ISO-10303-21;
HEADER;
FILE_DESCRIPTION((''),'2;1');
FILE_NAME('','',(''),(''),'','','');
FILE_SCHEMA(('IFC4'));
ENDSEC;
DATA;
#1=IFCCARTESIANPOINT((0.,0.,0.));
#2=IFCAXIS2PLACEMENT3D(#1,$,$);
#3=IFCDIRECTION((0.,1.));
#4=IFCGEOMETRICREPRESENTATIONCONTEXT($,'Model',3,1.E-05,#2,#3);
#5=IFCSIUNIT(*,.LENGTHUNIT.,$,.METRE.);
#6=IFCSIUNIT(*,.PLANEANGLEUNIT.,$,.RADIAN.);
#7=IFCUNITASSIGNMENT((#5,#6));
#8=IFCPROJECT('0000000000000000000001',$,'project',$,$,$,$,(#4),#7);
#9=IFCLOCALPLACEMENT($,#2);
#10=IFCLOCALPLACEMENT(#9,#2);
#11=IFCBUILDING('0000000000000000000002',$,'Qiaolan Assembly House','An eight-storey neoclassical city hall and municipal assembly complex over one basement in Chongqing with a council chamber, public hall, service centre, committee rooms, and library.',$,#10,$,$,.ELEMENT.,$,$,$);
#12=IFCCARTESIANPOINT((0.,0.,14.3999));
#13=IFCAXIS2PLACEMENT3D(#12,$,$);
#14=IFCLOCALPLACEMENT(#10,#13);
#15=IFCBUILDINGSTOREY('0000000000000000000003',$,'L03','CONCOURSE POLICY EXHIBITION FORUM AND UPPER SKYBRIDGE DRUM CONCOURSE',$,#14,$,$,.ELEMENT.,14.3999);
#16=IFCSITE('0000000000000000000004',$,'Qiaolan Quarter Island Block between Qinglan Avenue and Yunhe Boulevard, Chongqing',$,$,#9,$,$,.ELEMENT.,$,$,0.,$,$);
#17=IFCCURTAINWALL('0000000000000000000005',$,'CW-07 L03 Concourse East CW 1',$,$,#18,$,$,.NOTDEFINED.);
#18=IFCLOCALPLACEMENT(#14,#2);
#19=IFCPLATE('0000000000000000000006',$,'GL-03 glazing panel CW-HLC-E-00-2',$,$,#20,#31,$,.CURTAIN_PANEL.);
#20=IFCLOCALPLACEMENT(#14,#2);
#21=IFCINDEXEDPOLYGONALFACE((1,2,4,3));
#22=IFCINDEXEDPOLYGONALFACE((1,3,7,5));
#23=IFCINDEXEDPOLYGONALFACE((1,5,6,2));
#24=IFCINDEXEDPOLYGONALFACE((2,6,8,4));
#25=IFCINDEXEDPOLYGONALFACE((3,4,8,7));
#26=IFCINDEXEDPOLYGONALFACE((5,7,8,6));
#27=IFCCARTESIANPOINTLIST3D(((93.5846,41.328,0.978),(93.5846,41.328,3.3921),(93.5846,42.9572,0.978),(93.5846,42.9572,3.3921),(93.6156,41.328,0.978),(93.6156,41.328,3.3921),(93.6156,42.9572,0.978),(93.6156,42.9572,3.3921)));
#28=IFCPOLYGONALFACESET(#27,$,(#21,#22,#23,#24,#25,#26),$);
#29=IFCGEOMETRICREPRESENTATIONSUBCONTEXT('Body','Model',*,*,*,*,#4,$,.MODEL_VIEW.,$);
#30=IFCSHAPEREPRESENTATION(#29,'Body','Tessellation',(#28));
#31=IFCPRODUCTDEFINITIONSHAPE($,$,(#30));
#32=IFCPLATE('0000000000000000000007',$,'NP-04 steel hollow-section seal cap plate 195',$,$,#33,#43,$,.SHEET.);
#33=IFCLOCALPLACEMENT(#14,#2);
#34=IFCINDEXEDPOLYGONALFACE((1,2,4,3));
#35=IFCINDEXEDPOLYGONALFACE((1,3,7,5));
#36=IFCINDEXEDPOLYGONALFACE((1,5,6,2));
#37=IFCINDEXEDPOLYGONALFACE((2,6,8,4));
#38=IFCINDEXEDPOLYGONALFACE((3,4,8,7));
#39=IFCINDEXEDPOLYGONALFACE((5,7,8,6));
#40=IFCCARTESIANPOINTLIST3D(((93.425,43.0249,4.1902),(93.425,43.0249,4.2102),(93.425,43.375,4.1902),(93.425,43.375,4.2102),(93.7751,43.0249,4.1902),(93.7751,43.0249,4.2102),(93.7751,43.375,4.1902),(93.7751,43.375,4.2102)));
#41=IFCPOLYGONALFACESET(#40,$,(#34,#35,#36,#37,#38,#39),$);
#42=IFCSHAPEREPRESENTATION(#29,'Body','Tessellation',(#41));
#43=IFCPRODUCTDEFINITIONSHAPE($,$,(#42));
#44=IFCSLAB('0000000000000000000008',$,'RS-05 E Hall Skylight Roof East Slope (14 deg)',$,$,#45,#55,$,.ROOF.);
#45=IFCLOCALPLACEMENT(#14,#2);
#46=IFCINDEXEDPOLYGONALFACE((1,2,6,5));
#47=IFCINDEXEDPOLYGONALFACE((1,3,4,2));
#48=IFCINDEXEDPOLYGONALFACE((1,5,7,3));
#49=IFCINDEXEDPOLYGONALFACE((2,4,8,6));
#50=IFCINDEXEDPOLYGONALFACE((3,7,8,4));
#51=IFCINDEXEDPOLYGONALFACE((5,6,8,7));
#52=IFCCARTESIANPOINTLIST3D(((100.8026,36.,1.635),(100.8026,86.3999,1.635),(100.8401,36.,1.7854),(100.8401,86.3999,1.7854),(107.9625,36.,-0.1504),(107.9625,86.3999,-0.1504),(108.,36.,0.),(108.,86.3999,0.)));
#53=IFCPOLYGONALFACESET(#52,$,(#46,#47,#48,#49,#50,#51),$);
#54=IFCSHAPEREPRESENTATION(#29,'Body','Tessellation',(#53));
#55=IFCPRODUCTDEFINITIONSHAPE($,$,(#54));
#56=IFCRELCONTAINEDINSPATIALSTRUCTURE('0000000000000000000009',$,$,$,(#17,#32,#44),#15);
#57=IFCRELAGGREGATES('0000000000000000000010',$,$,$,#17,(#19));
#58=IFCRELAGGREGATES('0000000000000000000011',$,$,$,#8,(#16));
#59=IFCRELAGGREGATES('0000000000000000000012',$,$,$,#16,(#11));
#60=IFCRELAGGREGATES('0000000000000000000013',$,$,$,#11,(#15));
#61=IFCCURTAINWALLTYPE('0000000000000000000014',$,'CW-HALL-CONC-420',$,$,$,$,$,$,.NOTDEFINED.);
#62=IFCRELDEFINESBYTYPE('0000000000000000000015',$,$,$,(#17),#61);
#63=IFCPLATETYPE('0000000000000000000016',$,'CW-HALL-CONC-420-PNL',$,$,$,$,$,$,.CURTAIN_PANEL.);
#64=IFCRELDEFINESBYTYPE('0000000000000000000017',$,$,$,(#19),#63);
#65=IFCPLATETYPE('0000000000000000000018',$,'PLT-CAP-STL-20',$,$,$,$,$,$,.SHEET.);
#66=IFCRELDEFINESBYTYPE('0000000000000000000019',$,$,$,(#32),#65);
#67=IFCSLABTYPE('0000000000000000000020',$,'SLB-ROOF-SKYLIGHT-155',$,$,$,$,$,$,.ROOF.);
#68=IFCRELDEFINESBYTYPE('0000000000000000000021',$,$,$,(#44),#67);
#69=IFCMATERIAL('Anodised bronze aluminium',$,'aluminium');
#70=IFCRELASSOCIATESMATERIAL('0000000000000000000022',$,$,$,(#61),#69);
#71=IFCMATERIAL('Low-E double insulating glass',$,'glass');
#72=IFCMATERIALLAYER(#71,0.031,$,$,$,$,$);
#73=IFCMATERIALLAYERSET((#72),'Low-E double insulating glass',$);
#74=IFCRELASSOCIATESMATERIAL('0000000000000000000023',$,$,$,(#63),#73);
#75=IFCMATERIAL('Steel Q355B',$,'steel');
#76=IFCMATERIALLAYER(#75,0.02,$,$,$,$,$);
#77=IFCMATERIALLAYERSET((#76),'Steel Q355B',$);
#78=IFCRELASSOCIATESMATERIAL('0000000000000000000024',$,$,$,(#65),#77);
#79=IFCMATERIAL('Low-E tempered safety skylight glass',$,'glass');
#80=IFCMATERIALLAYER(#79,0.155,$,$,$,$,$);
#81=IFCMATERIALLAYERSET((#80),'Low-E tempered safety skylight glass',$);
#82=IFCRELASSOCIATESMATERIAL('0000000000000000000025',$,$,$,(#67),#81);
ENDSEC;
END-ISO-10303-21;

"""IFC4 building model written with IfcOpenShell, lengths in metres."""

from ifc_helpers import new_model, si_unit, direction, frame, frame_2d, origin, origin_2d, place, context, subcontext, project, spatial, polyline, rectangle, outline, extrude, material, layer, layer_set, type_object, element, aggregate, save


model = new_model("IFC4")

# Units and contexts
model_context = context("Model", 3, precision=1e-05, world=origin(), true_north=direction((0.0, 1.0)))
body_context = subcontext(model_context, "Body", "Model", "MODEL_VIEW")
ifc_project = project(units=[si_unit("LENGTHUNIT", "METRE"), si_unit("PLANEANGLEUNIT", "RADIAN")], contexts=[model_context])

# Site, building, storey
site_placement = place(None, origin())
site = spatial("IfcSite", under=ifc_project, at=site_placement, Name="Qiaolan Quarter Island Block between Qinglan Avenue and Yunhe Boulevard, Chongqing", CompositionType="ELEMENT", RefElevation=0.0)
building_placement = place(site_placement, origin())
building = spatial("IfcBuilding", under=site, at=building_placement, Name="Qiaolan Assembly House", Description="An eight-storey neoclassical city hall and municipal assembly complex over one basement in Chongqing with a council chamber, public hall, service centre, committee rooms, and library.", CompositionType="ELEMENT")
storey_placement = place(building_placement, frame((0.0, 0.0, 14.3999)))
storey = spatial("IfcBuildingStorey", under=building, at=storey_placement, Name="L03", Description="CONCOURSE POLICY EXHIBITION FORUM AND UPPER SKYBRIDGE DRUM CONCOURSE", CompositionType="ELEMENT", Elevation=14.3999)

# Shared definitions
ifc_material_1 = material(Name="Steel Q355B", Category="steel")

# Curtain wall
ifc_material_2 = material(Name="Anodised bronze aluminium", Category="aluminium")
curtain_wall_type = type_object("IfcCurtainWallType", Name="CW-HALL-CONC-420", PredefinedType="NOTDEFINED", material=ifc_material_2)
curtain_wall_placement = place(storey_placement, origin())
curtain_wall = element("IfcCurtainWall", 1, at=curtain_wall_placement, inside=storey, type_object=curtain_wall_type, Name="CW-07 L03 Concourse East CW 1", PredefinedType="NOTDEFINED")

# Plates
ifc_material_3 = material(Name="Low-E double insulating glass", Category="glass")
ifc_layer_1 = layer(ifc_material_3, 0.031)
ifc_layer_set_1 = layer_set([ifc_layer_1], Name="Low-E double insulating glass")
plate_type_1 = type_object("IfcPlateType", Name="CW-HALL-CONC-420-PNL", PredefinedType="CURTAIN_PANEL", material=ifc_layer_set_1)
plate_1_placement = place(storey_placement, frame((93.6001, 42.957, 0.978), z_axis=(0.0, 0.0, 1.0), x_axis=(0.0, -1.0, 0.0)))
plate_1 = element("IfcPlate", 2, at=plate_1_placement, type_object=plate_type_1, Name="GL-03 glazing panel CW-HLC-E-00-2", PredefinedType="CURTAIN_PANEL", context=body_context, shape_type="SweptSolid", body=[
    extrude(rectangle(XDim=1.6292, YDim=0.031, at=frame_2d((0.8145, 0.0))), origin(), (0.0, 0.0, 1.0), 2.4141),
])
aggregate(curtain_wall, [plate_1])
ifc_layer_2 = layer(ifc_material_1, 0.02)
ifc_layer_set_2 = layer_set([ifc_layer_2], Name="Steel Q355B")
plate_type_2 = type_object("IfcPlateType", Name="PLT-CAP-STL-20", PredefinedType="SHEET", material=ifc_layer_set_2)
plate_2_placement = place(storey_placement, frame((93.6001, 43.2, 4.1902), z_axis=(0.0, 0.0, 1.0), x_axis=(1.0, 0.0, 0.0)))
element("IfcPlate", 3, at=plate_2_placement, inside=storey, type_object=plate_type_2, Name="NP-04 steel hollow-section seal cap plate 195", PredefinedType="SHEET", context=body_context, shape_type="SweptSolid", body=[
    extrude(rectangle(XDim=0.3501, YDim=0.3501, at=origin_2d()), origin(), (0.0, 0.0, 1.0), 0.02),
])

# Slab
ifc_material_4 = material(Name="Low-E tempered safety skylight glass", Category="glass")
ifc_layer_3 = layer(ifc_material_4, 0.155)
ifc_layer_set_3 = layer_set([ifc_layer_3], Name="Low-E tempered safety skylight glass")
slab_type = type_object("IfcSlabType", Name="SLB-ROOF-SKYLIGHT-155", PredefinedType="ROOF", material=ifc_layer_set_3)
slab_placement = place(storey_placement, frame((100.8401, 36.0, 1.7854), z_axis=(0.241952, 0.0, 0.970288), x_axis=(0.970288, 0.0, -0.241952)))
element("IfcSlab", 4, at=slab_placement, inside=storey, type_object=slab_type, Name="RS-05 E Hall Skylight Roof East Slope (14 deg)", PredefinedType="ROOF", context=body_context, shape_type="SweptSolid", body=[
    extrude(outline(polyline([(0.0, 0.0), (7.3792, 0.0), (7.3792, 50.3999), (0.0, 50.3999), (0.0, 0.0)])), origin(), (0.0, 0.0, -1.0), 0.155),
])

save(model, "model.ifc")
